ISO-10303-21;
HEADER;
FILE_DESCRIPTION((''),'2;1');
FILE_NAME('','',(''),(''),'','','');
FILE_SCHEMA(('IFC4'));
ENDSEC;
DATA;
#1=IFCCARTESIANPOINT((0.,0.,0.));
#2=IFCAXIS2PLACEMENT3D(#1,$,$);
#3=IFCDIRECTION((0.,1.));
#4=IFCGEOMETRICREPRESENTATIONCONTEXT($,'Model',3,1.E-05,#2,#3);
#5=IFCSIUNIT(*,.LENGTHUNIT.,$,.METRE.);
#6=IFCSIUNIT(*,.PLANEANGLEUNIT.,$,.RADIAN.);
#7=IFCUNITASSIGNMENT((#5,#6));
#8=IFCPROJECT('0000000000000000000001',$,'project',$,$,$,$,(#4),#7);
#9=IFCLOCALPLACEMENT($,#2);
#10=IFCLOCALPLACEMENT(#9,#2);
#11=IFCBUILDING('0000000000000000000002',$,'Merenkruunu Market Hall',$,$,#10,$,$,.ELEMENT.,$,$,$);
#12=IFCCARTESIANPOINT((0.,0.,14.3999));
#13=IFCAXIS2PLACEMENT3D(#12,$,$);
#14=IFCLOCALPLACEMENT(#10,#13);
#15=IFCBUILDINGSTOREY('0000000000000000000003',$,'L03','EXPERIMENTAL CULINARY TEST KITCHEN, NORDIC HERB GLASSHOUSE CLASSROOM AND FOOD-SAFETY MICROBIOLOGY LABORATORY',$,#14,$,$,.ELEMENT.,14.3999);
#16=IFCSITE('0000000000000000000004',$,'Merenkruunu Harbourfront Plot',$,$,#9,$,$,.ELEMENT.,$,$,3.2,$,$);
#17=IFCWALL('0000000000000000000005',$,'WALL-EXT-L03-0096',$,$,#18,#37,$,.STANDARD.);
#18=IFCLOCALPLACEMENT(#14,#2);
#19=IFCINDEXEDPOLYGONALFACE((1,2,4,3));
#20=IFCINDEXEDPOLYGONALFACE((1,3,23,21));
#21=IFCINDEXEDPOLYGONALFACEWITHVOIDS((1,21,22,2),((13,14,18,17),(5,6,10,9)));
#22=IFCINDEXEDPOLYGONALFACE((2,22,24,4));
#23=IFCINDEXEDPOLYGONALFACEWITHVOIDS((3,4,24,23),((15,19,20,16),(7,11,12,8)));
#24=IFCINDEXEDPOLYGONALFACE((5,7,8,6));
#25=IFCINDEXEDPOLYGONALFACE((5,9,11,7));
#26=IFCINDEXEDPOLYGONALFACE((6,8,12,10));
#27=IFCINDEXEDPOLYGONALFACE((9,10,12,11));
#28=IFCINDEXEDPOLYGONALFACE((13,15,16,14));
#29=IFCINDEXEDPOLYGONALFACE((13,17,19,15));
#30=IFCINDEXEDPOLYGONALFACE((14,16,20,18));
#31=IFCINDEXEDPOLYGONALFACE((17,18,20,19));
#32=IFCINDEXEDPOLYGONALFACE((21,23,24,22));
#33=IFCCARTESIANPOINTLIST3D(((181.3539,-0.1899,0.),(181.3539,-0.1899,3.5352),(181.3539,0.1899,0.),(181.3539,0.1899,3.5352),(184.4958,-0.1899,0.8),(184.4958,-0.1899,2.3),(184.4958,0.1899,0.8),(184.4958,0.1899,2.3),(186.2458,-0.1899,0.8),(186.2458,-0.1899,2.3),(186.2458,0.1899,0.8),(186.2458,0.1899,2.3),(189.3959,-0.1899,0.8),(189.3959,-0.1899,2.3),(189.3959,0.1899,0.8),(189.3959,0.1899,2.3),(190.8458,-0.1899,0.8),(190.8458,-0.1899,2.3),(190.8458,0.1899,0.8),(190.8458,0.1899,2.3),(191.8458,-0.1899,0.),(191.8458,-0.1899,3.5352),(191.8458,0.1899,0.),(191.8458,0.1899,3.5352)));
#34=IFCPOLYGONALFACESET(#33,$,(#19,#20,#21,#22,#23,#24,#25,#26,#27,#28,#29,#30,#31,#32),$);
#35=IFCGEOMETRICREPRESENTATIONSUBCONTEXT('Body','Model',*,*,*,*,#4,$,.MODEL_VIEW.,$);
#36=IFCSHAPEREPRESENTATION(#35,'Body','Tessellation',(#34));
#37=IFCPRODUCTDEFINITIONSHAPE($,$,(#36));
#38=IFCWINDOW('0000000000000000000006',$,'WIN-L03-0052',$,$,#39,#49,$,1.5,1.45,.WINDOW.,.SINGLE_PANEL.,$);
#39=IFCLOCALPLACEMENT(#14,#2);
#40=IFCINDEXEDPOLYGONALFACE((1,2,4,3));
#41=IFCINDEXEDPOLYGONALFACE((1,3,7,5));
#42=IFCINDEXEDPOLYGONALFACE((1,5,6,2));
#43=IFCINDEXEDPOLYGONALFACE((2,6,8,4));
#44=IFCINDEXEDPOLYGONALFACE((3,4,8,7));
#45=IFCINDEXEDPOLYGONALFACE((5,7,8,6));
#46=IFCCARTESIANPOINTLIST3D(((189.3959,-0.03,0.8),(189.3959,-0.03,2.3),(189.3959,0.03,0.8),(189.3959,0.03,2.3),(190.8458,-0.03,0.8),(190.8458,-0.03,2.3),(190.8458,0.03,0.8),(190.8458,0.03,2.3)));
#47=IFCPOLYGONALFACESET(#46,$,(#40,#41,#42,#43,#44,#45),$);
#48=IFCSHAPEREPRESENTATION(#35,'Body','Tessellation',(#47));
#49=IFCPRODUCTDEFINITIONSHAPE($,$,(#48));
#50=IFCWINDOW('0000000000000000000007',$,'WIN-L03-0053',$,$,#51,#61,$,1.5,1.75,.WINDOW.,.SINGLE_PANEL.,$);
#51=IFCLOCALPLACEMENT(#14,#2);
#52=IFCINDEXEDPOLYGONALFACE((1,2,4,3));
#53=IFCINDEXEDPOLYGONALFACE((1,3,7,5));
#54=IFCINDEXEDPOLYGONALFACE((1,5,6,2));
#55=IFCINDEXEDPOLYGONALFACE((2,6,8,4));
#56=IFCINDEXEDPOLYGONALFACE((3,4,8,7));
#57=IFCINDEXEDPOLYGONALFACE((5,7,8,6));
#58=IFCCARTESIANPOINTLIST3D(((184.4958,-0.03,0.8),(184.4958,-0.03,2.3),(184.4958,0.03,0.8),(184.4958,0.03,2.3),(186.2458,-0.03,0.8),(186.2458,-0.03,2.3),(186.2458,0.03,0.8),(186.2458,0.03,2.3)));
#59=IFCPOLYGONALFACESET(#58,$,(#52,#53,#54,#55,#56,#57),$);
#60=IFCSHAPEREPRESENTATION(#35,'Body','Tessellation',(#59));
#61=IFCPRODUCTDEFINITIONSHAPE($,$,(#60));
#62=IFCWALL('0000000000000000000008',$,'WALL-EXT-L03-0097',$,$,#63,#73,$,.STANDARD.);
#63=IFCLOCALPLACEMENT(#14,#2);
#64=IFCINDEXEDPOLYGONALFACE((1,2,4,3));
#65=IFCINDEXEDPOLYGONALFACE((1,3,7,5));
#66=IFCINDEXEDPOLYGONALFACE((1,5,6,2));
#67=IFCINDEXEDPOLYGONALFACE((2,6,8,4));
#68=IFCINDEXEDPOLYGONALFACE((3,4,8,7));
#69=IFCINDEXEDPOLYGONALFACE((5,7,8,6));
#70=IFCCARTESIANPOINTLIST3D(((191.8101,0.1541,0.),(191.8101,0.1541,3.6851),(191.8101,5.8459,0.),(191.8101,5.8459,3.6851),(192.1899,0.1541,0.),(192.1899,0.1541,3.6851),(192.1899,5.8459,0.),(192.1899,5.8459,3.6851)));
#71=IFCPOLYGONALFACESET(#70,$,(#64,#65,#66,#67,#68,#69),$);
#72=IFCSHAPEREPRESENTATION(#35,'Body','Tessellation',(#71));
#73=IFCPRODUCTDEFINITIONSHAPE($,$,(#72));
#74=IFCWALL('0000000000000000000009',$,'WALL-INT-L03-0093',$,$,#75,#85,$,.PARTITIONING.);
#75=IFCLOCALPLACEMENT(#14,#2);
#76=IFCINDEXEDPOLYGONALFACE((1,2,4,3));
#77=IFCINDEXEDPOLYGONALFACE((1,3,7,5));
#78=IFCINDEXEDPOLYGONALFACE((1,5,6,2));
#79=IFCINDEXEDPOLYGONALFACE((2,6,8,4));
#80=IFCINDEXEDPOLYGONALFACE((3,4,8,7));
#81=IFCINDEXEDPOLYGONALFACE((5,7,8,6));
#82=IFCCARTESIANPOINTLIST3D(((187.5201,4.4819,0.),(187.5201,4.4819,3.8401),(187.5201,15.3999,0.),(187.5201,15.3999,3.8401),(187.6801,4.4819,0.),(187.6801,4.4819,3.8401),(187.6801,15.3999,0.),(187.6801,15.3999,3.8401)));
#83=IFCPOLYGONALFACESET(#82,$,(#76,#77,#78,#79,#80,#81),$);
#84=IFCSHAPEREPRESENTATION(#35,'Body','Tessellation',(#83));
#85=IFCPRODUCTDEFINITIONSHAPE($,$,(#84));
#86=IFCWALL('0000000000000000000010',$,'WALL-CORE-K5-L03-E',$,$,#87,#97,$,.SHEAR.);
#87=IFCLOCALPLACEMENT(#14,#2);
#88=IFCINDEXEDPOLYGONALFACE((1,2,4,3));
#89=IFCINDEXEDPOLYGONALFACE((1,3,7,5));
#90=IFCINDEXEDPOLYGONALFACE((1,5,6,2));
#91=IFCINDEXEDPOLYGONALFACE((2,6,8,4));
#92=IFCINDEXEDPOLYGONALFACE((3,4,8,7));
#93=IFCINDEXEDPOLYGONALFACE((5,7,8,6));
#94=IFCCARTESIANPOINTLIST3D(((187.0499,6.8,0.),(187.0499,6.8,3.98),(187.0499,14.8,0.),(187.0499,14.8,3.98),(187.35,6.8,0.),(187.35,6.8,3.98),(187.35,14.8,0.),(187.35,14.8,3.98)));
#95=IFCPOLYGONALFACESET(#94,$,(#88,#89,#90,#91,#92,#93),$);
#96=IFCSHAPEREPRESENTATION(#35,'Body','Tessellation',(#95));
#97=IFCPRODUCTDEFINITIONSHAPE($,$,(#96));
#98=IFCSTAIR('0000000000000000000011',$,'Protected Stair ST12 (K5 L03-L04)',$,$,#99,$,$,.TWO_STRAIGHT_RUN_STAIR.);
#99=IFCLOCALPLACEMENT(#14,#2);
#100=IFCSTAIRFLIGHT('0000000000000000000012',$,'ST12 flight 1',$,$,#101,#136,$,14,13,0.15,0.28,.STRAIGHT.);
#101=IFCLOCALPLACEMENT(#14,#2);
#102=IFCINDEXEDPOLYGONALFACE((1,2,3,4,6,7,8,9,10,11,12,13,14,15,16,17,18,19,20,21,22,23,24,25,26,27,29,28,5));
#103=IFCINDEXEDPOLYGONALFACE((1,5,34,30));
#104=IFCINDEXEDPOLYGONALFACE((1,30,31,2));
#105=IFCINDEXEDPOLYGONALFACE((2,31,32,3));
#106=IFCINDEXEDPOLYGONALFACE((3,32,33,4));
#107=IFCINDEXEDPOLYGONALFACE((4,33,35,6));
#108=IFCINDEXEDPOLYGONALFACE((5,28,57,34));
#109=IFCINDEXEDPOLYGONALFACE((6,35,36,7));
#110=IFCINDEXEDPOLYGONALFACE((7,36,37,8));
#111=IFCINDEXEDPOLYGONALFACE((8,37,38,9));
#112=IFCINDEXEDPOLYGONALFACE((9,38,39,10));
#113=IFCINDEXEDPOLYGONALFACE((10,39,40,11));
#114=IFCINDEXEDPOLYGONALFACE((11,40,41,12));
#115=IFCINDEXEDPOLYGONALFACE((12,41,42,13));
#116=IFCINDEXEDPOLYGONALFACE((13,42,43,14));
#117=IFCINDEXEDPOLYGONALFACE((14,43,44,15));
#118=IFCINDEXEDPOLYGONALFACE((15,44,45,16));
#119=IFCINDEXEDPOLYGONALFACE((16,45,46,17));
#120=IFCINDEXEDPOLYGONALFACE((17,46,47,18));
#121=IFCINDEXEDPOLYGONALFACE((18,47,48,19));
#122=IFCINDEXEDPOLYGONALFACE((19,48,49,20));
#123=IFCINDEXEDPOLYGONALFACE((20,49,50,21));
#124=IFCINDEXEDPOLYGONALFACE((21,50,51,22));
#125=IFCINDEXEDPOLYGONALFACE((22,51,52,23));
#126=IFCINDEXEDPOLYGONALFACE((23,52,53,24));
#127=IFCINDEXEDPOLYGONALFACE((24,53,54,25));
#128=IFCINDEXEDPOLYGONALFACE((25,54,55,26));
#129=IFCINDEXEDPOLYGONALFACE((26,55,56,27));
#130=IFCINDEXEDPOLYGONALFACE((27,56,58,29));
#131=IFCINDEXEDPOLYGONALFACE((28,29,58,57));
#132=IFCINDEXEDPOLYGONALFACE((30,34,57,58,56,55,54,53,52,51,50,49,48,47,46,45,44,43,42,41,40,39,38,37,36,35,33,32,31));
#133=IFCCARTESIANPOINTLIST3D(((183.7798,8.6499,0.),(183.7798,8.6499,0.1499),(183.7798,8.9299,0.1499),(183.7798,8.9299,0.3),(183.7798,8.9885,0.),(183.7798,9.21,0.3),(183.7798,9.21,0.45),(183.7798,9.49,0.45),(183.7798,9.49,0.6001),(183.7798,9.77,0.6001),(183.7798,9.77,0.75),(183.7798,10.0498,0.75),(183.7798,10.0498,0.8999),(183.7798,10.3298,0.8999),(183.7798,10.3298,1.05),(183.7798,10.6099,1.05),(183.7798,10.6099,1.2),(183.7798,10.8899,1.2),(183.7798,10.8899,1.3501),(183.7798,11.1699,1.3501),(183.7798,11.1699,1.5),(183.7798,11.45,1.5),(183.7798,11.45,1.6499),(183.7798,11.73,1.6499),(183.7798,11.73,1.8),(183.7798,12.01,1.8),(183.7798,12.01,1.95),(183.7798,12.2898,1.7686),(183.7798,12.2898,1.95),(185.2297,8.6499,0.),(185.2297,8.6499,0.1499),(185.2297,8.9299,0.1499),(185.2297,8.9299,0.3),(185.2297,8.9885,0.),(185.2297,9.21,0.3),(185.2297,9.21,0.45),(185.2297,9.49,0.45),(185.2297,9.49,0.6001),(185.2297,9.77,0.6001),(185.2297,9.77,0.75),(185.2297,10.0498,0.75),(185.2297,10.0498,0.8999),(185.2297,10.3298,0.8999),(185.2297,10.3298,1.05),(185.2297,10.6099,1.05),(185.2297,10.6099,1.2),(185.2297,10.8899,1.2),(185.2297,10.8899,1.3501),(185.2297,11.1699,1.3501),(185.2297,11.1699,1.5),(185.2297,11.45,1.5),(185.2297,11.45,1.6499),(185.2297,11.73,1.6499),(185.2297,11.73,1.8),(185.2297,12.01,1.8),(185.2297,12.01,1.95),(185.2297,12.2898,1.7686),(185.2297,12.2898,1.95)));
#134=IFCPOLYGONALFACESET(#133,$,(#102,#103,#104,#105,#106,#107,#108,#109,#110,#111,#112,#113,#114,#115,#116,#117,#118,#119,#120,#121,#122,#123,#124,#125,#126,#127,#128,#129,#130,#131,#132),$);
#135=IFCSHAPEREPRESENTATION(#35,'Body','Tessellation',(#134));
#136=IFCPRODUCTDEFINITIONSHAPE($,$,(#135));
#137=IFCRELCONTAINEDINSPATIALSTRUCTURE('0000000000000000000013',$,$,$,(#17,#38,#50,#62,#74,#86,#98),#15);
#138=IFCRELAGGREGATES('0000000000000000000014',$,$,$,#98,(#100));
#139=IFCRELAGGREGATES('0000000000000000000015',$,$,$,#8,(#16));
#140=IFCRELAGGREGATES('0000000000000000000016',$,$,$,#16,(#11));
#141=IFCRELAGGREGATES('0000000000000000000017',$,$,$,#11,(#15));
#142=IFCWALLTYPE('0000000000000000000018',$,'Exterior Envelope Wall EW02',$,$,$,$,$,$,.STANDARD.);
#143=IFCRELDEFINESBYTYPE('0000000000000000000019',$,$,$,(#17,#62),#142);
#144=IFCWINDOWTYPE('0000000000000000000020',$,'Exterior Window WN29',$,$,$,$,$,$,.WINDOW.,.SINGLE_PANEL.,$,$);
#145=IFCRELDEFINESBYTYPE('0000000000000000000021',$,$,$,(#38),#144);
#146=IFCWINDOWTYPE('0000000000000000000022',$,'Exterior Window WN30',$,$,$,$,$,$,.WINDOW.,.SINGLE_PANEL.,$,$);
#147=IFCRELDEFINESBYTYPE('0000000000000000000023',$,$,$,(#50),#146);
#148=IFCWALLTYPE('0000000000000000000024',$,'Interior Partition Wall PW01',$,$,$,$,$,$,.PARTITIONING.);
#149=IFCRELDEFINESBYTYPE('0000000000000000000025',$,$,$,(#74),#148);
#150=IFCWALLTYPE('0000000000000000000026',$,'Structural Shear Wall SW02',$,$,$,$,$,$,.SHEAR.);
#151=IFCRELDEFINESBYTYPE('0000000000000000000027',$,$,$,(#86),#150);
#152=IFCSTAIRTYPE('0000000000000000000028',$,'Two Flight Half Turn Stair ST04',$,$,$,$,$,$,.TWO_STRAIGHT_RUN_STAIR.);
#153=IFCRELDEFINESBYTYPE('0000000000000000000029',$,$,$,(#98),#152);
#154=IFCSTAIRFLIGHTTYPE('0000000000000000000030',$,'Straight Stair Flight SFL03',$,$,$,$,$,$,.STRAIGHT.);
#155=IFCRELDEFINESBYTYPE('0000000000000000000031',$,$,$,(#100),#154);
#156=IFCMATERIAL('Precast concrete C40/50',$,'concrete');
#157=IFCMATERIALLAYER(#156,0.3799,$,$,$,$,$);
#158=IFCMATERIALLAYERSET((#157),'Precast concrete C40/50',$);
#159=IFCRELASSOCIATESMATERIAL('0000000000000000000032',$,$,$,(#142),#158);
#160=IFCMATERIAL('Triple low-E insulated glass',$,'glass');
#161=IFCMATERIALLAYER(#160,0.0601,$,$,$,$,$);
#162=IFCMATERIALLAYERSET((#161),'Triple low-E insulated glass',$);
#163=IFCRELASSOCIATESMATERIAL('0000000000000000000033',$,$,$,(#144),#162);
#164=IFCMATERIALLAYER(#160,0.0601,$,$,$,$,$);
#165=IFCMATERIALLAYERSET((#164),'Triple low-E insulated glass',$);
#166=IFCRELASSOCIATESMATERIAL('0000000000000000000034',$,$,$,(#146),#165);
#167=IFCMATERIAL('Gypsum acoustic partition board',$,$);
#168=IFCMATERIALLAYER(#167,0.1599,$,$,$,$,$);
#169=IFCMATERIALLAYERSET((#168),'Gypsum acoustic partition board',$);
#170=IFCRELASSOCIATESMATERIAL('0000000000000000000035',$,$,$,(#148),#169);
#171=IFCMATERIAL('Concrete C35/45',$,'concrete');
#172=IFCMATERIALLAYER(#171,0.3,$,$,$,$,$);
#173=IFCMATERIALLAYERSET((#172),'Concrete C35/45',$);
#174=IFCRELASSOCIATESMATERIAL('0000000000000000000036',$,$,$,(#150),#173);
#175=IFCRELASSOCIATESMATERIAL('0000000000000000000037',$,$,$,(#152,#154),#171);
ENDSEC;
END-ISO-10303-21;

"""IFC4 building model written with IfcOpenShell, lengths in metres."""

from ifc_helpers import new_model, si_unit, direction, frame, frame_2d, origin, place, context, subcontext, project, spatial, polyline, rectangle, outline, extrude, material, layer, layer_set, type_object, element, fill, aggregate, save


model = new_model("IFC4")

# Units and contexts
model_context = context("Model", 3, precision=1e-05, world=origin(), true_north=direction((0.0, 1.0)))
body_context = subcontext(model_context, "Body", "Model", "MODEL_VIEW")
ifc_project = project(units=[si_unit("LENGTHUNIT", "METRE"), si_unit("PLANEANGLEUNIT", "RADIAN")], contexts=[model_context])

# Site, building, storey
site_placement = place(None, origin())
site = spatial("IfcSite", under=ifc_project, at=site_placement, Name="Merenkruunu Harbourfront Plot", CompositionType="ELEMENT", RefElevation=3.2)
building_placement = place(site_placement, origin())
building = spatial("IfcBuilding", under=site, at=building_placement, Name="Merenkruunu Market Hall", CompositionType="ELEMENT")
storey_placement = place(building_placement, frame((0.0, 0.0, 14.3999)))
storey = spatial("IfcBuildingStorey", under=building, at=storey_placement, Name="L03", Description="EXPERIMENTAL CULINARY TEST KITCHEN, NORDIC HERB GLASSHOUSE CLASSROOM AND FOOD-SAFETY MICROBIOLOGY LABORATORY", CompositionType="ELEMENT", Elevation=14.3999)

# Wall, openings, windows
ifc_material_1 = material(Name="Precast concrete C40/50", Category="concrete")
ifc_layer_1 = layer(ifc_material_1, 0.3799)
ifc_layer_set_1 = layer_set([ifc_layer_1], Name="Precast concrete C40/50")
wall_type_1 = type_object("IfcWallType", Name="Exterior Envelope Wall EW02", PredefinedType="STANDARD", material=ifc_layer_set_1)
wall_1_placement = place(storey_placement, frame((191.8459, 0.0, 0.0), z_axis=(0.0, 0.0, 1.0), x_axis=(-1.0, 0.0, 0.0)))
wall_1 = element("IfcWall", 1, at=wall_1_placement, inside=storey, type_object=wall_type_1, Name="WALL-EXT-L03-0096", PredefinedType="STANDARD", context=body_context, shape_type="SweptSolid", body=[
    extrude(rectangle(XDim=10.4919, YDim=0.3799, at=frame_2d((5.2461, 0.0))), origin(), (0.0, 0.0, 1.0), 3.5352),
])
opening_1_placement = place(wall_1_placement, frame((1.0, 0.0, 0.8)))
opening_1 = element("IfcOpeningElement", 2, at=opening_1_placement, cuts=wall_1, PredefinedType="OPENING", context=body_context, shape_type="SweptSolid", body=[
    extrude(rectangle(XDim=1.45, YDim=1.5, at=frame_2d((0.7251, 0.75))), frame((0.0, 0.2, 0.0), z_axis=(0.0, -1.0, 0.0), x_axis=(1.0, 0.0, 0.0)), (0.0, 0.0, 1.0), 0.3999),
])
opening_2_placement = place(wall_1_placement, frame((5.6001, 0.0, 0.8)))
opening_2 = element("IfcOpeningElement", 3, at=opening_2_placement, cuts=wall_1, PredefinedType="OPENING", context=body_context, shape_type="SweptSolid", body=[
    extrude(rectangle(XDim=1.75, YDim=1.5, at=frame_2d((0.875, 0.75))), frame((0.0, 0.2, 0.0), z_axis=(0.0, -1.0, 0.0), x_axis=(1.0, 0.0, 0.0)), (0.0, 0.0, 1.0), 0.3999),
])
ifc_material_2 = material(Name="Triple low-E insulated glass", Category="glass")
ifc_layer_2 = layer(ifc_material_2, 0.0601)
ifc_layer_set_2 = layer_set([ifc_layer_2], Name="Triple low-E insulated glass")
window_type_1 = type_object("IfcWindowType", Name="Exterior Window WN29", PartitioningType="SINGLE_PANEL", PredefinedType="WINDOW", material=ifc_layer_set_2)
window_1_placement = place(opening_1_placement, origin())
window_1 = element("IfcWindow", 4, at=window_1_placement, inside=storey, type_object=window_type_1, Name="WIN-L03-0052", OverallHeight=1.5, OverallWidth=1.45, PartitioningType="SINGLE_PANEL", PredefinedType="WINDOW", context=body_context, shape_type="SweptSolid", body=[
    extrude(rectangle(XDim=1.45, YDim=1.5, at=frame_2d((0.7251, 0.75))), frame((0.0, 0.03, 0.0), z_axis=(0.0, -1.0, 0.0), x_axis=(1.0, 0.0, 0.0)), (0.0, 0.0, 1.0), 0.0601),
])
fill(opening_1, window_1)
ifc_layer_3 = layer(ifc_material_2, 0.0601)
ifc_layer_set_3 = layer_set([ifc_layer_3], Name="Triple low-E insulated glass")
window_type_2 = type_object("IfcWindowType", Name="Exterior Window WN30", PartitioningType="SINGLE_PANEL", PredefinedType="WINDOW", material=ifc_layer_set_3)
window_2_placement = place(opening_2_placement, origin())
window_2 = element("IfcWindow", 5, at=window_2_placement, inside=storey, type_object=window_type_2, Name="WIN-L03-0053", OverallHeight=1.5, OverallWidth=1.75, PartitioningType="SINGLE_PANEL", PredefinedType="WINDOW", context=body_context, shape_type="SweptSolid", body=[
    extrude(rectangle(XDim=1.75, YDim=1.5, at=frame_2d((0.875, 0.75))), frame((0.0, 0.03, 0.0), z_axis=(0.0, -1.0, 0.0), x_axis=(1.0, 0.0, 0.0)), (0.0, 0.0, 1.0), 0.0601),
])
fill(opening_2, window_2)

# Walls
wall_2_placement = place(storey_placement, frame((192.0, 5.8459, 0.0), z_axis=(0.0, 0.0, 1.0), x_axis=(0.0, -1.0, 0.0)))
element("IfcWall", 6, at=wall_2_placement, inside=storey, type_object=wall_type_1, Name="WALL-EXT-L03-0097", PredefinedType="STANDARD", context=body_context, shape_type="SweptSolid", body=[
    extrude(rectangle(XDim=5.6919, YDim=0.3799, at=frame_2d((2.8459, 0.0))), origin(), (0.0, 0.0, 1.0), 3.6851),
])
ifc_material_3 = material(Name="Gypsum acoustic partition board")
ifc_layer_4 = layer(ifc_material_3, 0.1599)
ifc_layer_set_4 = layer_set([ifc_layer_4], Name="Gypsum acoustic partition board")
wall_type_2 = type_object("IfcWallType", Name="Interior Partition Wall PW01", PredefinedType="PARTITIONING", material=ifc_layer_set_4)
wall_3_placement = place(storey_placement, frame((187.6001, 4.4819, 0.0), z_axis=(0.0, 0.0, 1.0), x_axis=(0.0, 1.0, 0.0)))
element("IfcWall", 7, at=wall_3_placement, inside=storey, type_object=wall_type_2, Name="WALL-INT-L03-0093", PredefinedType="PARTITIONING", context=body_context, shape_type="SweptSolid", body=[
    extrude(rectangle(XDim=10.918, YDim=0.1599, at=frame_2d((5.459, 0.0))), origin(), (0.0, 0.0, 1.0), 3.8401),
])

# Shared definitions
ifc_material_4 = material(Name="Concrete C35/45", Category="concrete")
ifc_layer_5 = layer(ifc_material_4, 0.3)
ifc_layer_set_5 = layer_set([ifc_layer_5], Name="Concrete C35/45")
wall_type_3 = type_object("IfcWallType", Name="Structural Shear Wall SW02", PredefinedType="SHEAR", material=ifc_layer_set_5)

# Wall
wall_4_placement = place(storey_placement, frame((187.2, 6.8, 0.0), z_axis=(0.0, 0.0, 1.0), x_axis=(0.0, 1.0, 0.0)))
element("IfcWall", 8, at=wall_4_placement, inside=storey, type_object=wall_type_3, Name="WALL-CORE-K5-L03-E", PredefinedType="SHEAR", context=body_context, shape_type="SweptSolid", body=[
    extrude(rectangle(XDim=8.0, YDim=0.3, at=frame_2d((4.0, 0.0))), origin(), (0.0, 0.0, 1.0), 3.98),
])

# Stair, stair flight
stair_type = type_object("IfcStairType", Name="Two Flight Half Turn Stair ST04", PredefinedType="TWO_STRAIGHT_RUN_STAIR", material=ifc_material_4)
stair_placement = place(storey_placement, origin())
stair = element("IfcStair", 9, at=stair_placement, inside=storey, type_object=stair_type, Name="Protected Stair ST12 (K5 L03-L04)", PredefinedType="TWO_STRAIGHT_RUN_STAIR")
stair_flight_type = type_object("IfcStairFlightType", Name="Straight Stair Flight SFL03", PredefinedType="STRAIGHT", material=ifc_material_4)
stair_flight_placement = place(storey_placement, frame((184.5049, 8.6499, 0.0), z_axis=(0.0, 0.0, 1.0), x_axis=(0.0, 1.0, 0.0)))
stair_flight = element("IfcStairFlight", 10, at=stair_flight_placement, type_object=stair_flight_type, Name="ST12 flight 1", NumberOfRisers=14, NumberOfTreads=13, PredefinedType="STRAIGHT", RiserHeight=0.15, TreadLength=0.28, context=body_context, shape_type="SweptSolid", body=[
    extrude(outline(polyline([(0.0, 0.0), (0.0, 0.1499), (0.28, 0.1499), (0.28, 0.3), (0.5601, 0.3), (0.5601, 0.45), (0.8401, 0.45), (0.8401, 0.6001), (1.1201, 0.6001), (1.1201, 0.75), (1.3999, 0.75), (1.3999, 0.8999), (1.6799, 0.8999), (1.6799, 1.05), (1.96, 1.05), (1.96, 1.2), (2.24, 1.2), (2.24, 1.3501), (2.52, 1.3501), (2.52, 1.5), (2.8, 1.5), (2.8, 1.6499), (3.0801, 1.6499), (3.0801, 1.8), (3.3601, 1.8), (3.3601, 1.95), (3.6399, 1.95), (3.6399, 2.1001), (3.6399, 1.7686), (0.3386, 0.0), (0.0, 0.0)])), frame((0.0, 0.7251, 0.0), z_axis=(0.0, -1.0, 0.0), x_axis=(1.0, 0.0, 0.0)), (0.0, 0.0, 1.0), 1.45),
])
aggregate(stair, [stair_flight])

save(model, "model.ifc")
